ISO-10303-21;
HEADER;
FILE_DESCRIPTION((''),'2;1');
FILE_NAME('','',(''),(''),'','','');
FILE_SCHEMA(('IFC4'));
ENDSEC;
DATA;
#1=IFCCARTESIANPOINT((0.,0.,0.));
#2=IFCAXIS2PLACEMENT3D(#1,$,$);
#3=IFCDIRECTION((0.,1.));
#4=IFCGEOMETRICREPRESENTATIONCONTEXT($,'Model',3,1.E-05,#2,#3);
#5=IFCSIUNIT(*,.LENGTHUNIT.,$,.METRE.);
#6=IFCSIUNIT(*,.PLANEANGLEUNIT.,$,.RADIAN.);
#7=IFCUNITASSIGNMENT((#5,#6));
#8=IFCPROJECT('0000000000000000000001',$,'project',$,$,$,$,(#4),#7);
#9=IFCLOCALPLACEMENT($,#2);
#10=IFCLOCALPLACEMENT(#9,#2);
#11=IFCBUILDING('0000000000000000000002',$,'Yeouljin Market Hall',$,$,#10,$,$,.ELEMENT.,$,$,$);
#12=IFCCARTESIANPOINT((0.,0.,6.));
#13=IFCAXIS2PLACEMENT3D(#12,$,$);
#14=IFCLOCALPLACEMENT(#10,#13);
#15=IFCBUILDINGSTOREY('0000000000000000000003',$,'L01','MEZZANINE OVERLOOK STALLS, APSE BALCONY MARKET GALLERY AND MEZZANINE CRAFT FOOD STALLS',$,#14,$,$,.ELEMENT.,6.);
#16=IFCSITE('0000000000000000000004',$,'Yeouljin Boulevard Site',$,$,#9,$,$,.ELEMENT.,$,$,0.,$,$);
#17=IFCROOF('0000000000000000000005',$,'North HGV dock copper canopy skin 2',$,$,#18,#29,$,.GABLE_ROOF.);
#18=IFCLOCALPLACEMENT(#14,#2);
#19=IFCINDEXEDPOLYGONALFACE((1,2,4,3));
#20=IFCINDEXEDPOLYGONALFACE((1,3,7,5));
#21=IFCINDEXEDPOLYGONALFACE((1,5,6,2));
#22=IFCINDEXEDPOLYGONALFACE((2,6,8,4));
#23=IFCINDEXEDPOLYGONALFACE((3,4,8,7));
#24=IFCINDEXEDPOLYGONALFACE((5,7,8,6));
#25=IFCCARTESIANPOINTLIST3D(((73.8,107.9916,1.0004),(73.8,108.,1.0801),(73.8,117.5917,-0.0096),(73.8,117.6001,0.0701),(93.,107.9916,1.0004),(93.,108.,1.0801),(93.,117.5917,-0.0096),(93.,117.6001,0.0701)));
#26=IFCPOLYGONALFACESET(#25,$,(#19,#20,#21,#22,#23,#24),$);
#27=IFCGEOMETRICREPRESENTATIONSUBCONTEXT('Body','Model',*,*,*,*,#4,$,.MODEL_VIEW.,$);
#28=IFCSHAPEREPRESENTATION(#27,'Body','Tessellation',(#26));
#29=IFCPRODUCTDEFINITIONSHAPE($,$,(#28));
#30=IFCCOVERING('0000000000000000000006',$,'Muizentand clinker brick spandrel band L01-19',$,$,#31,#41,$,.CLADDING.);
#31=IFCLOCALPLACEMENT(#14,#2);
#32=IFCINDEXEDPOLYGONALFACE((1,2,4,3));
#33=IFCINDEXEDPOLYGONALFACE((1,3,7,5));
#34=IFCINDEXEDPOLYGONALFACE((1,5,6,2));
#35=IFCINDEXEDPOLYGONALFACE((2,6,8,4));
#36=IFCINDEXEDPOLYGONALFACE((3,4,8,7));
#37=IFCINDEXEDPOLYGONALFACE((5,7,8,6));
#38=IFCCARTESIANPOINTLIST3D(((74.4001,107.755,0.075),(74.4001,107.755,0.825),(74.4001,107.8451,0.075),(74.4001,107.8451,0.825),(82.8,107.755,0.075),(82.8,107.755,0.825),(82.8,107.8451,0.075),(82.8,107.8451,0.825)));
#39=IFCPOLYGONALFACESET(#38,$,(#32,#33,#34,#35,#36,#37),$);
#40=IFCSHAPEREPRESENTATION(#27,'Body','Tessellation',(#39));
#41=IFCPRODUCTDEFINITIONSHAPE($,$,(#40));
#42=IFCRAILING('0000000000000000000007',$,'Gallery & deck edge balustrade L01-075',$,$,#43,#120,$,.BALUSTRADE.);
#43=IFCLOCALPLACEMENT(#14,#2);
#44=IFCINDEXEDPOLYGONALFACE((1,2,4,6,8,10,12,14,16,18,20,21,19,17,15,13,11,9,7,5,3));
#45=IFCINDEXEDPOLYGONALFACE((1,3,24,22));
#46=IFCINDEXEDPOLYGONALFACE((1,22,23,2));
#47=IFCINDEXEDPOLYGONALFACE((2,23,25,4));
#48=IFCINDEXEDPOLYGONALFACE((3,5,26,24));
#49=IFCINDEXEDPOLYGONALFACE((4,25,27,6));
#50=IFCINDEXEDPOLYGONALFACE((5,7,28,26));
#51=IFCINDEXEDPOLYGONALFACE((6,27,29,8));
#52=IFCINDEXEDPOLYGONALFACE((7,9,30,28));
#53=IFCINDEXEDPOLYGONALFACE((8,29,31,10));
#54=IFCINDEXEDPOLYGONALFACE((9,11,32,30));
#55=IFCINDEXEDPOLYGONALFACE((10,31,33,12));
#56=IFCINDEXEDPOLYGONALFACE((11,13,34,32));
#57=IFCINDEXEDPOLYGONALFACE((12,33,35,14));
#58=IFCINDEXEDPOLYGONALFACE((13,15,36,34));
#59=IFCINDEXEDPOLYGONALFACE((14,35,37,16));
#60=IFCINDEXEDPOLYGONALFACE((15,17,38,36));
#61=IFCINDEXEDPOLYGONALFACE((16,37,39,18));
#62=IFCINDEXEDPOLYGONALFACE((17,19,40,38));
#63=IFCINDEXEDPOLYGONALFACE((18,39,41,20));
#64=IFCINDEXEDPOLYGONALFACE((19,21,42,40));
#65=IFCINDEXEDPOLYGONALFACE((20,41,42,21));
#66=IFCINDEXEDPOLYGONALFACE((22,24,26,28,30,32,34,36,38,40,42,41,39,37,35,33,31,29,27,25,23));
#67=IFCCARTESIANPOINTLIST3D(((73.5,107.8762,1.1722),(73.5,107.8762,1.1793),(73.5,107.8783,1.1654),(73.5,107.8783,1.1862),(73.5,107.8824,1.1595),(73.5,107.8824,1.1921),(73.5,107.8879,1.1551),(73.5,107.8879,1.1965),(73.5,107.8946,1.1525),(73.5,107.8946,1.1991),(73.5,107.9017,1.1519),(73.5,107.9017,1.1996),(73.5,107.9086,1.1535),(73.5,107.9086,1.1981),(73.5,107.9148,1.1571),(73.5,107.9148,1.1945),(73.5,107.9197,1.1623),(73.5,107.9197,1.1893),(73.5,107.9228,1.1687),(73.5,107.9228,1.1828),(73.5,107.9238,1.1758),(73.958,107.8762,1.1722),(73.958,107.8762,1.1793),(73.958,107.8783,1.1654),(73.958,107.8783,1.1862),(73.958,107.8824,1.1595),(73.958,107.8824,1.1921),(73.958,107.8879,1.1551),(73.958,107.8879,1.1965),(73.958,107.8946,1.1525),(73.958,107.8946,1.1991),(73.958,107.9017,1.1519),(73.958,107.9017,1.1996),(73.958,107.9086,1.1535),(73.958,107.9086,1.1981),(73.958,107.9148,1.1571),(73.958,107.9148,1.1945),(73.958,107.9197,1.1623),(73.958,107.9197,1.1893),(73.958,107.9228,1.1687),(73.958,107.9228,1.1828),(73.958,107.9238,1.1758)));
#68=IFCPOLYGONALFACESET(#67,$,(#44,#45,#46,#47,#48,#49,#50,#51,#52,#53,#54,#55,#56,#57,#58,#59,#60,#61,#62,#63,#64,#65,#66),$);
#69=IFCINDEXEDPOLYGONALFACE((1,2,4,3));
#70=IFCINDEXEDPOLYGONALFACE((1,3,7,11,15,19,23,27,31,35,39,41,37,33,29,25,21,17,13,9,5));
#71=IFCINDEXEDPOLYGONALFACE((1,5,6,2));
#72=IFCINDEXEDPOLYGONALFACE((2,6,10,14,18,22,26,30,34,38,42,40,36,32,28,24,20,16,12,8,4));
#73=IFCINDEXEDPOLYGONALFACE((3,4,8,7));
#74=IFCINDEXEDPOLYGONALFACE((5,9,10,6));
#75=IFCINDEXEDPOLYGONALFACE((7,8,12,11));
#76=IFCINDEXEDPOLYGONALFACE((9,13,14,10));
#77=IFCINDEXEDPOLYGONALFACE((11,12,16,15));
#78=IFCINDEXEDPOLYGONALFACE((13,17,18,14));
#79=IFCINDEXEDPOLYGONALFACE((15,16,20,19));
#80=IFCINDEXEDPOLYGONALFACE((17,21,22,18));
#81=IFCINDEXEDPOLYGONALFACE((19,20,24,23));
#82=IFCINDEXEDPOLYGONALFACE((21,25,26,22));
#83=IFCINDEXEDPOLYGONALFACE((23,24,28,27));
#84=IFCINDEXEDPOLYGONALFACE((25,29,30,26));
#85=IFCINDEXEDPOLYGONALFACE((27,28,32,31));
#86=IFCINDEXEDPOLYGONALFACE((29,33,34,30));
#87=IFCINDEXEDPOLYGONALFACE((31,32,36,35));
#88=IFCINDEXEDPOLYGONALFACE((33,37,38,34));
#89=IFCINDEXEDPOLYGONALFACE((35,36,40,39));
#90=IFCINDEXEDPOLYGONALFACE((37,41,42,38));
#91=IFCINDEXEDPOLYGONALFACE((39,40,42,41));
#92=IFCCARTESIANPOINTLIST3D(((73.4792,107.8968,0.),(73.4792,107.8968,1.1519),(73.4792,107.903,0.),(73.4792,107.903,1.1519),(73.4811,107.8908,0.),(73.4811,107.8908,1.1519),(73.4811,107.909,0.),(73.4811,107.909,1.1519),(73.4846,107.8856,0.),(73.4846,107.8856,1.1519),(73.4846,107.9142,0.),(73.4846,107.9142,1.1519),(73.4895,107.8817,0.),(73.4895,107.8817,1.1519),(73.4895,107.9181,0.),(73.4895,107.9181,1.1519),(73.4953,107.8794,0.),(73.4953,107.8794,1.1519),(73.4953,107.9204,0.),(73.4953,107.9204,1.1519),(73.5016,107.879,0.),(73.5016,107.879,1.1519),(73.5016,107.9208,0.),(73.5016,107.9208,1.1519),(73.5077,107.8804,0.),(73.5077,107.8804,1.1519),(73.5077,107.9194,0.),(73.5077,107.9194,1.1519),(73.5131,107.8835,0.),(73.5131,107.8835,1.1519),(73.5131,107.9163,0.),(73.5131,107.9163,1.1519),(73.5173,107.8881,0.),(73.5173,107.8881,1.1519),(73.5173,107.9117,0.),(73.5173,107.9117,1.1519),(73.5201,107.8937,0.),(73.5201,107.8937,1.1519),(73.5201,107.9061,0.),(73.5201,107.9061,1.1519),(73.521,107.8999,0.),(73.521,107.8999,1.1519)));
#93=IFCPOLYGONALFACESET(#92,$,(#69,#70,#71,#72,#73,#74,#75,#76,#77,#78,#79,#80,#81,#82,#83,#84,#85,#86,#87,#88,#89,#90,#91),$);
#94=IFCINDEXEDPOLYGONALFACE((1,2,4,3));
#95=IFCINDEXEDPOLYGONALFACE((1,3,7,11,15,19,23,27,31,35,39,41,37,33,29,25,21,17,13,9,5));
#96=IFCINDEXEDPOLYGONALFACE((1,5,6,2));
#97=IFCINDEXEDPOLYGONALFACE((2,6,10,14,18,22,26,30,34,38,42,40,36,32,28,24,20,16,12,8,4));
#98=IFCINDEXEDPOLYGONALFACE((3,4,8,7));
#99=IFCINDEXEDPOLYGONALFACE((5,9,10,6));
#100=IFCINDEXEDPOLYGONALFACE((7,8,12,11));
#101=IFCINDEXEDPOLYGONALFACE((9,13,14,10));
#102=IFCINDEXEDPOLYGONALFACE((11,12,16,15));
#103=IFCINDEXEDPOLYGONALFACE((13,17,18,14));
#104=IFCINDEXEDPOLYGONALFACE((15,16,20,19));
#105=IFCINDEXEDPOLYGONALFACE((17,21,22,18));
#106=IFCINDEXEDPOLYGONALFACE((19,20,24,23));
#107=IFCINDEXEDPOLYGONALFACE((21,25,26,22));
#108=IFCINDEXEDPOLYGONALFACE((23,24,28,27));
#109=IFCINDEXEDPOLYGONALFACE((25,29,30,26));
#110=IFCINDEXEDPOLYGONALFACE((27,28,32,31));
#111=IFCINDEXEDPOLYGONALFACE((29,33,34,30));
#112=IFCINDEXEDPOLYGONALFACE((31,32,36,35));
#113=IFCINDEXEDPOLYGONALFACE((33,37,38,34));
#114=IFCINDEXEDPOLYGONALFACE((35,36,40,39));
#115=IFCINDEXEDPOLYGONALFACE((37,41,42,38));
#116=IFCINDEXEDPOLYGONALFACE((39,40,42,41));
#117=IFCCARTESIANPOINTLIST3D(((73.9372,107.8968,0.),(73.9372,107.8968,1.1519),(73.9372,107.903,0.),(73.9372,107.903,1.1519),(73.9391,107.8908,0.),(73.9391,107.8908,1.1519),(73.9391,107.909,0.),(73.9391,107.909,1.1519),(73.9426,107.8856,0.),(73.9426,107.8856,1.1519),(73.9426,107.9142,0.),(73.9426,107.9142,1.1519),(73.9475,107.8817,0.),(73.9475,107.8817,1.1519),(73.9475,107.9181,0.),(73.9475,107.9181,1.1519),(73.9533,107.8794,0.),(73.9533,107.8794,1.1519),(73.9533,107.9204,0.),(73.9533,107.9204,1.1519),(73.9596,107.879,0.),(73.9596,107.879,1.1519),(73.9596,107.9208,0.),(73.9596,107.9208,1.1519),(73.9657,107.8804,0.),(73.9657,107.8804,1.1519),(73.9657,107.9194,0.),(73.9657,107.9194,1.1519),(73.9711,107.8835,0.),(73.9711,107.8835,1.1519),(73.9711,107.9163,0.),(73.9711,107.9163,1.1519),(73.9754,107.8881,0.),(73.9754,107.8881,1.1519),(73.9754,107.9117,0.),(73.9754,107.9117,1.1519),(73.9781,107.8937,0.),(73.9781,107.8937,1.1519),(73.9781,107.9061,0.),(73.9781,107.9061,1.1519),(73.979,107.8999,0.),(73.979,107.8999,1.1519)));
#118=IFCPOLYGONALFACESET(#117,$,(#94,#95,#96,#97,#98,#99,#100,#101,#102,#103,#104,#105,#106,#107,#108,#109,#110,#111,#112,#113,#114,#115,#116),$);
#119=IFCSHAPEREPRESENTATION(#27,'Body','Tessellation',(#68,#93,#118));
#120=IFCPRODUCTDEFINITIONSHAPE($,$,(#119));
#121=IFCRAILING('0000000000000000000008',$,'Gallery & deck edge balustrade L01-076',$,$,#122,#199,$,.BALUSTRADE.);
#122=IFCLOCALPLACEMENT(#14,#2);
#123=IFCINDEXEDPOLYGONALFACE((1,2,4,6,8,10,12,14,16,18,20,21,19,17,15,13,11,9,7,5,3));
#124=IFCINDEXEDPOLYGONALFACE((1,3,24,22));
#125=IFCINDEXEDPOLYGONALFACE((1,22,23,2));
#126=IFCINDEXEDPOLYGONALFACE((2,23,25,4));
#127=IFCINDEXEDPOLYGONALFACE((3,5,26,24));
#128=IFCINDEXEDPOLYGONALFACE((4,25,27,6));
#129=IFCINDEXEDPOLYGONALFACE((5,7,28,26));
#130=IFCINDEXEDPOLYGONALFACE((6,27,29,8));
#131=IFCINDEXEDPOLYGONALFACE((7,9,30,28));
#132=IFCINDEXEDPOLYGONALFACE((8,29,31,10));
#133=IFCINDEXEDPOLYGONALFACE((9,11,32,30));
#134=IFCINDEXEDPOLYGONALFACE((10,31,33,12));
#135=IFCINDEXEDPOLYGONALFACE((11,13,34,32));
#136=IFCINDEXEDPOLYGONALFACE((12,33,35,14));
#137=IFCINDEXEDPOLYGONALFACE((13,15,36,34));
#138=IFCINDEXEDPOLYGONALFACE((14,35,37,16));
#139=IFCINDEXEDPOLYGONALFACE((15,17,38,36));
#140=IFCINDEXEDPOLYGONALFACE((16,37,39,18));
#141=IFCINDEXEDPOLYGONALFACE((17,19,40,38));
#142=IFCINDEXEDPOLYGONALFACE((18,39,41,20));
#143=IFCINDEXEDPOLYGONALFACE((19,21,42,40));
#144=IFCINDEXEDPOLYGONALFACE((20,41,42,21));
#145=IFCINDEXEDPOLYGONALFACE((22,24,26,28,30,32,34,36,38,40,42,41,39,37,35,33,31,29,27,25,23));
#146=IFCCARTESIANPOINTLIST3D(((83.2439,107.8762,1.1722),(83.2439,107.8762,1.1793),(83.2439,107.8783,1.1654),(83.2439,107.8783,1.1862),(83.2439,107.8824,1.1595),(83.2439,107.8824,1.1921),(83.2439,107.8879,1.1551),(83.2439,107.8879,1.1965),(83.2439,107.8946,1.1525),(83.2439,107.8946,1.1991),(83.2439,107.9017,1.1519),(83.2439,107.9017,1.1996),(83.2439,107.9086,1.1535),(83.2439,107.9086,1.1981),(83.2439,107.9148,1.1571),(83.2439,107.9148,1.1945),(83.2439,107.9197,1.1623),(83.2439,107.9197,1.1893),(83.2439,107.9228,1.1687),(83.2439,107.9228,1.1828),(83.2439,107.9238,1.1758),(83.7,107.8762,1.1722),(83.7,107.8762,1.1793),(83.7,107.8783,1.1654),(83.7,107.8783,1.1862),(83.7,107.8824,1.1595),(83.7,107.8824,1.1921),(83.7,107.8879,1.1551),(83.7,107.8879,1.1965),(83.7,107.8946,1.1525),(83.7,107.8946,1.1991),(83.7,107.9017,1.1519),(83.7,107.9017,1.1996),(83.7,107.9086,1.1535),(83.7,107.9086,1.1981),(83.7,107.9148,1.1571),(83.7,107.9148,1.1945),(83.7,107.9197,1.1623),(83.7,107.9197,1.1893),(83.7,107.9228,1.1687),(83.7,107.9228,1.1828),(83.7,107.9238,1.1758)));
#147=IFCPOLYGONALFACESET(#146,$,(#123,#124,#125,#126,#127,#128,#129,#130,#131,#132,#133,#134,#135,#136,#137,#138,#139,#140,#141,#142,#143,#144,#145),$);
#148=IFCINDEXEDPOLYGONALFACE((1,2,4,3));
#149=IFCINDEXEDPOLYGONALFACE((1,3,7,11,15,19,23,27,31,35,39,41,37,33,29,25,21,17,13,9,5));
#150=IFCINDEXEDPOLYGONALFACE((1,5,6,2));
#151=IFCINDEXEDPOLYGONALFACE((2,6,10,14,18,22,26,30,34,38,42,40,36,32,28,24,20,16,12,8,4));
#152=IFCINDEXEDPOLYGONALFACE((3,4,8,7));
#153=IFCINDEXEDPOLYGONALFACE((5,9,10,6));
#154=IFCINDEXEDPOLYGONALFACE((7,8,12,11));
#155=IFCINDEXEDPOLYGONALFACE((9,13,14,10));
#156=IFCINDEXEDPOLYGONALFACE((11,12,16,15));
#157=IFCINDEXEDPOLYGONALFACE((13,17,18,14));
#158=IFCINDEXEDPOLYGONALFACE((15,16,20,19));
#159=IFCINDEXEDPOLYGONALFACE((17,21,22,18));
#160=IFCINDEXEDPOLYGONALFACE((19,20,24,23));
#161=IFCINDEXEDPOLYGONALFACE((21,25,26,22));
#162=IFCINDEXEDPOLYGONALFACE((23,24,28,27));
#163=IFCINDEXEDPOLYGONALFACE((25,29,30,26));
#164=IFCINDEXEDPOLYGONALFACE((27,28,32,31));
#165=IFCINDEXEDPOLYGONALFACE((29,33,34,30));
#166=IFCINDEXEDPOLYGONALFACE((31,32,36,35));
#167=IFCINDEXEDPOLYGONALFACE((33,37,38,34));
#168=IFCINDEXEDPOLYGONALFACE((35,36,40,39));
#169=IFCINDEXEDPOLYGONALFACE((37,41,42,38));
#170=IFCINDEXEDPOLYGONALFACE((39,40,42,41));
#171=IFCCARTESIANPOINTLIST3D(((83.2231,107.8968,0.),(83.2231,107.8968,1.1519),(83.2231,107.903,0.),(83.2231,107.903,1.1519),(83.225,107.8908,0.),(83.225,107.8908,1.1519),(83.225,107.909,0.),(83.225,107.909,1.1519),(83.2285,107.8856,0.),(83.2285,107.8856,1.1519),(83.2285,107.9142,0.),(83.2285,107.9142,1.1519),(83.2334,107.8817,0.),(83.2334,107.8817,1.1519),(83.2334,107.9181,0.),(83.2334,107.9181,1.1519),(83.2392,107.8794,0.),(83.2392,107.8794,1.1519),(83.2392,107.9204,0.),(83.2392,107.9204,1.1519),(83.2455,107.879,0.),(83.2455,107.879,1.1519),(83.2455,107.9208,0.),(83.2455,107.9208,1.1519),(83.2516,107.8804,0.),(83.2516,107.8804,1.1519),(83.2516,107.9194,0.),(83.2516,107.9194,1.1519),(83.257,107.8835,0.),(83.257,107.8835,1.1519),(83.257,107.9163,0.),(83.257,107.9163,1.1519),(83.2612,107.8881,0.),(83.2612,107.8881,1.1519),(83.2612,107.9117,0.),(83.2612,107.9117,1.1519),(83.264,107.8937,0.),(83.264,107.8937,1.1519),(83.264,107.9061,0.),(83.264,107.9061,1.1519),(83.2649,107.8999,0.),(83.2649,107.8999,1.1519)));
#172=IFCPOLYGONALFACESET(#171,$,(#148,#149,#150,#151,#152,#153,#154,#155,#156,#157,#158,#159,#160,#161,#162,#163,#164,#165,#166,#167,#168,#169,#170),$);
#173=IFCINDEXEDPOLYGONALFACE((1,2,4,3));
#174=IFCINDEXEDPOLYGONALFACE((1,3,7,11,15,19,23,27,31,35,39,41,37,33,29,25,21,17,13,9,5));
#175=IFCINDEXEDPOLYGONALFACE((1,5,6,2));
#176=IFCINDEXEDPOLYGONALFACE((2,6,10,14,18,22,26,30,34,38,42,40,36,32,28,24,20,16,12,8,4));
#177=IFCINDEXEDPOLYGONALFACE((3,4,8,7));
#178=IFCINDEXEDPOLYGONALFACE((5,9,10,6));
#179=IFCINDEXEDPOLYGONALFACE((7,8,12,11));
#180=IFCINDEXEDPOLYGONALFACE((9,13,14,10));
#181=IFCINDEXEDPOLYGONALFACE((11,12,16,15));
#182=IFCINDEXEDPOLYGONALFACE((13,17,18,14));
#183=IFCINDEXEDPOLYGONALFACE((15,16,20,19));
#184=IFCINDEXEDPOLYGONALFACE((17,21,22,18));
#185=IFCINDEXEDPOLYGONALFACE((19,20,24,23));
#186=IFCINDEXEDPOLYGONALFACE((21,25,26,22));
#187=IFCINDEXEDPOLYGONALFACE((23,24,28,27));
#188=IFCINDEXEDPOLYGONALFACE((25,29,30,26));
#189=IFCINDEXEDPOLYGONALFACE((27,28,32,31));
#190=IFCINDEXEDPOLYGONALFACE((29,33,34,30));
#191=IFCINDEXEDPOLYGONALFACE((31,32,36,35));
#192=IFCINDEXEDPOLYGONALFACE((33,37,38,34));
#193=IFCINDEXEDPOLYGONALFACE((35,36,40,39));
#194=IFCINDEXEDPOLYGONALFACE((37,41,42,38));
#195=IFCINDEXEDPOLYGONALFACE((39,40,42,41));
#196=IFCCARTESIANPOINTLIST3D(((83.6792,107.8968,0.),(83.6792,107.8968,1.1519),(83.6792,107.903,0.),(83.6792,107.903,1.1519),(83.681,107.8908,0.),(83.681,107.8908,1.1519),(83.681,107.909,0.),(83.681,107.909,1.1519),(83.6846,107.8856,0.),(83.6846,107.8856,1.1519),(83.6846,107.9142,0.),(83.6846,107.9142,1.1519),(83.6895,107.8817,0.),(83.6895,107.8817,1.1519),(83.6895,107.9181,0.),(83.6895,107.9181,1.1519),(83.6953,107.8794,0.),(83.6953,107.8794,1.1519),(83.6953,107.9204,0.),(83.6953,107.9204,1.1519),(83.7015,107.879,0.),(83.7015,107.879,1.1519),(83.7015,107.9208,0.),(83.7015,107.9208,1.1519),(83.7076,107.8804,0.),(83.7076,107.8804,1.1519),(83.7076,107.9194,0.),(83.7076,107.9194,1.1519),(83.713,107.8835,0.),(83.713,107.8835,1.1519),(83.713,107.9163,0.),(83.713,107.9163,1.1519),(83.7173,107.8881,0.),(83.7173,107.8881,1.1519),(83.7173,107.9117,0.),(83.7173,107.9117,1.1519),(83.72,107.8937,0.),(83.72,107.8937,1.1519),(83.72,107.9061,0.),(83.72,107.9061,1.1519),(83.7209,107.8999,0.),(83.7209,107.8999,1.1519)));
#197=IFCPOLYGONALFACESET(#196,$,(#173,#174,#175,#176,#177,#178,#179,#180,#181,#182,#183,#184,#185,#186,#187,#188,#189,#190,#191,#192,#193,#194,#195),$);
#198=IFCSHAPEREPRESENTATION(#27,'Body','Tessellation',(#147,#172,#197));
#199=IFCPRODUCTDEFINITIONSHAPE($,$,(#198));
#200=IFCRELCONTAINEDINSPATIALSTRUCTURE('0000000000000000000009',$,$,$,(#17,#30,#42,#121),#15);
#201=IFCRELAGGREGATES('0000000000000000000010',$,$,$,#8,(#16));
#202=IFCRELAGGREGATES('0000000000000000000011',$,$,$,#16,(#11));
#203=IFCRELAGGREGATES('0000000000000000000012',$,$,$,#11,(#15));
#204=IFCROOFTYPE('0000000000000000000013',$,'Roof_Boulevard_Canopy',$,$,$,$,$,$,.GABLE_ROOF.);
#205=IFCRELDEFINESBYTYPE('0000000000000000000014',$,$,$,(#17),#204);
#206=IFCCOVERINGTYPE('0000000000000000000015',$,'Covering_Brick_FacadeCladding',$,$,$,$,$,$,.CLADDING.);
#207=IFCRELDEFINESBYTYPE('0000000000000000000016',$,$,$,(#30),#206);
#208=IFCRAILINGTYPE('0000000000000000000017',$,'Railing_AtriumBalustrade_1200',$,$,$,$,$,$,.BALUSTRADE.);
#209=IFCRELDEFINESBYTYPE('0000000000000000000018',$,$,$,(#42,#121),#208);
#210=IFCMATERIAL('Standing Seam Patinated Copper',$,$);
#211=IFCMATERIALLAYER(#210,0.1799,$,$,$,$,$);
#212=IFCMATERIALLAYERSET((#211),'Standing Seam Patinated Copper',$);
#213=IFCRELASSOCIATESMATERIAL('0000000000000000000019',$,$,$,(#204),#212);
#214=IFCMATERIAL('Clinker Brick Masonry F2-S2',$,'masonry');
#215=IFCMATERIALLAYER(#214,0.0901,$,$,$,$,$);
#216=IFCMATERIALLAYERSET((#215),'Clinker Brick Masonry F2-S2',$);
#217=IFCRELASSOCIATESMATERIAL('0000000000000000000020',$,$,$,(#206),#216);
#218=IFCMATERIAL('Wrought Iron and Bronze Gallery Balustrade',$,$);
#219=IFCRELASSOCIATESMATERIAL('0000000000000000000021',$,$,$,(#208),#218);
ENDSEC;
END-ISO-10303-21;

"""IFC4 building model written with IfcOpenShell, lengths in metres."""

from ifc_helpers import new_model, si_unit, direction, frame, origin, origin_2d, place, context, subcontext, project, spatial, polyline, rectangle, circle, outline, extrude, material, layer, layer_set, type_object, element, save


model = new_model("IFC4")

# Units and contexts
model_context = context("Model", 3, precision=1e-05, world=origin(), true_north=direction((0.0, 1.0)))
body_context = subcontext(model_context, "Body", "Model", "MODEL_VIEW")
ifc_project = project(units=[si_unit("LENGTHUNIT", "METRE"), si_unit("PLANEANGLEUNIT", "RADIAN")], contexts=[model_context])

# Site, building, storey
site_placement = place(None, origin())
site = spatial("IfcSite", under=ifc_project, at=site_placement, Name="Yeouljin Boulevard Site", CompositionType="ELEMENT", RefElevation=0.0)
building_placement = place(site_placement, origin())
building = spatial("IfcBuilding", under=site, at=building_placement, Name="Yeouljin Market Hall", CompositionType="ELEMENT")
storey_placement = place(building_placement, frame((0.0, 0.0, 6.0)))
storey = spatial("IfcBuildingStorey", under=building, at=storey_placement, Name="L01", Description="MEZZANINE OVERLOOK STALLS, APSE BALCONY MARKET GALLERY AND MEZZANINE CRAFT FOOD STALLS", CompositionType="ELEMENT", Elevation=6.0)

# Roof
ifc_material_1 = material(Name="Standing Seam Patinated Copper")
ifc_layer_1 = layer(ifc_material_1, 0.1799)
ifc_layer_set_1 = layer_set([ifc_layer_1], Name="Standing Seam Patinated Copper")
roof_type = type_object("IfcRoofType", Name="Roof_Boulevard_Canopy", PredefinedType="GABLE_ROOF", material=ifc_layer_set_1)
roof_placement = place(storey_placement, frame((73.8, 108.0, 1.0801), z_axis=(0.0, 0.104631, 0.994511), x_axis=(0.0, 0.994511, -0.104631)))
element("IfcRoof", 1, at=roof_placement, inside=storey, type_object=roof_type, Name="North HGV dock copper canopy skin 2", PredefinedType="GABLE_ROOF", context=body_context, shape_type="SweptSolid", body=[
    extrude(outline(polyline([(0.0, 0.0), (9.6531, 0.0), (9.6531, -19.2), (0.0, -19.2), (0.0, 0.0)])), origin(), (0.0, 0.0, -1.0), 0.0801),
])

# Covering
ifc_material_2 = material(Name="Clinker Brick Masonry F2-S2", Category="masonry")
ifc_layer_2 = layer(ifc_material_2, 0.0901)
ifc_layer_set_2 = layer_set([ifc_layer_2], Name="Clinker Brick Masonry F2-S2")
covering_type = type_object("IfcCoveringType", Name="Covering_Brick_FacadeCladding", PredefinedType="CLADDING", material=ifc_layer_set_2)
covering_placement = place(storey_placement, frame((78.6001, 107.8, 0.075), z_axis=(0.0, 0.0, 1.0), x_axis=(1.0, 0.0, 0.0)))
element("IfcCovering", 2, at=covering_placement, inside=storey, type_object=covering_type, Name="Muizentand clinker brick spandrel band L01-19", PredefinedType="CLADDING", context=body_context, shape_type="SweptSolid", body=[
    extrude(rectangle(XDim=8.3999, YDim=0.0901, at=origin_2d()), origin(), (0.0, 0.0, 1.0), 0.75),
])

# Railings
ifc_material_3 = material(Name="Wrought Iron and Bronze Gallery Balustrade")
railing_type = type_object("IfcRailingType", Name="Railing_AtriumBalustrade_1200", PredefinedType="BALUSTRADE", material=ifc_material_3)
railing_1_placement = place(storey_placement, frame((73.5, 107.8999, 0.0)))
element("IfcRailing", 3, at=railing_1_placement, inside=storey, type_object=railing_type, Name="Gallery & deck edge balustrade L01-075", PredefinedType="BALUSTRADE", context=body_context, shape_type="SweptSolid", body=[
    extrude(circle(Radius=0.0239, at=origin_2d()), frame((0.0, 0.0, 1.1758), z_axis=(1.0, 0.0, 0.0), x_axis=(0.0, 1.0, 0.0)), (0.0, 0.0, 1.0), 0.458),
    extrude(circle(Radius=0.021, at=origin_2d()), origin(), (0.0, 0.0, 1.0), 1.1519),
    extrude(circle(Radius=0.021, at=origin_2d()), frame((0.458, 0.0, 0.0)), (0.0, 0.0, 1.0), 1.1519),
])
railing_2_placement = place(storey_placement, frame((83.2439, 107.8999, 0.0)))
element("IfcRailing", 4, at=railing_2_placement, inside=storey, type_object=railing_type, Name="Gallery & deck edge balustrade L01-076", PredefinedType="BALUSTRADE", context=body_context, shape_type="SweptSolid", body=[
    extrude(circle(Radius=0.0239, at=origin_2d()), frame((0.0, 0.0, 1.1758), z_axis=(1.0, 0.0, 0.0), x_axis=(0.0, 1.0, 0.0)), (0.0, 0.0, 1.0), 0.4561),
    extrude(circle(Radius=0.021, at=origin_2d()), origin(), (0.0, 0.0, 1.0), 1.1519),
    extrude(circle(Radius=0.021, at=origin_2d()), frame((0.4561, 0.0, 0.0)), (0.0, 0.0, 1.0), 1.1519),
])

save(model, "model.ifc")
